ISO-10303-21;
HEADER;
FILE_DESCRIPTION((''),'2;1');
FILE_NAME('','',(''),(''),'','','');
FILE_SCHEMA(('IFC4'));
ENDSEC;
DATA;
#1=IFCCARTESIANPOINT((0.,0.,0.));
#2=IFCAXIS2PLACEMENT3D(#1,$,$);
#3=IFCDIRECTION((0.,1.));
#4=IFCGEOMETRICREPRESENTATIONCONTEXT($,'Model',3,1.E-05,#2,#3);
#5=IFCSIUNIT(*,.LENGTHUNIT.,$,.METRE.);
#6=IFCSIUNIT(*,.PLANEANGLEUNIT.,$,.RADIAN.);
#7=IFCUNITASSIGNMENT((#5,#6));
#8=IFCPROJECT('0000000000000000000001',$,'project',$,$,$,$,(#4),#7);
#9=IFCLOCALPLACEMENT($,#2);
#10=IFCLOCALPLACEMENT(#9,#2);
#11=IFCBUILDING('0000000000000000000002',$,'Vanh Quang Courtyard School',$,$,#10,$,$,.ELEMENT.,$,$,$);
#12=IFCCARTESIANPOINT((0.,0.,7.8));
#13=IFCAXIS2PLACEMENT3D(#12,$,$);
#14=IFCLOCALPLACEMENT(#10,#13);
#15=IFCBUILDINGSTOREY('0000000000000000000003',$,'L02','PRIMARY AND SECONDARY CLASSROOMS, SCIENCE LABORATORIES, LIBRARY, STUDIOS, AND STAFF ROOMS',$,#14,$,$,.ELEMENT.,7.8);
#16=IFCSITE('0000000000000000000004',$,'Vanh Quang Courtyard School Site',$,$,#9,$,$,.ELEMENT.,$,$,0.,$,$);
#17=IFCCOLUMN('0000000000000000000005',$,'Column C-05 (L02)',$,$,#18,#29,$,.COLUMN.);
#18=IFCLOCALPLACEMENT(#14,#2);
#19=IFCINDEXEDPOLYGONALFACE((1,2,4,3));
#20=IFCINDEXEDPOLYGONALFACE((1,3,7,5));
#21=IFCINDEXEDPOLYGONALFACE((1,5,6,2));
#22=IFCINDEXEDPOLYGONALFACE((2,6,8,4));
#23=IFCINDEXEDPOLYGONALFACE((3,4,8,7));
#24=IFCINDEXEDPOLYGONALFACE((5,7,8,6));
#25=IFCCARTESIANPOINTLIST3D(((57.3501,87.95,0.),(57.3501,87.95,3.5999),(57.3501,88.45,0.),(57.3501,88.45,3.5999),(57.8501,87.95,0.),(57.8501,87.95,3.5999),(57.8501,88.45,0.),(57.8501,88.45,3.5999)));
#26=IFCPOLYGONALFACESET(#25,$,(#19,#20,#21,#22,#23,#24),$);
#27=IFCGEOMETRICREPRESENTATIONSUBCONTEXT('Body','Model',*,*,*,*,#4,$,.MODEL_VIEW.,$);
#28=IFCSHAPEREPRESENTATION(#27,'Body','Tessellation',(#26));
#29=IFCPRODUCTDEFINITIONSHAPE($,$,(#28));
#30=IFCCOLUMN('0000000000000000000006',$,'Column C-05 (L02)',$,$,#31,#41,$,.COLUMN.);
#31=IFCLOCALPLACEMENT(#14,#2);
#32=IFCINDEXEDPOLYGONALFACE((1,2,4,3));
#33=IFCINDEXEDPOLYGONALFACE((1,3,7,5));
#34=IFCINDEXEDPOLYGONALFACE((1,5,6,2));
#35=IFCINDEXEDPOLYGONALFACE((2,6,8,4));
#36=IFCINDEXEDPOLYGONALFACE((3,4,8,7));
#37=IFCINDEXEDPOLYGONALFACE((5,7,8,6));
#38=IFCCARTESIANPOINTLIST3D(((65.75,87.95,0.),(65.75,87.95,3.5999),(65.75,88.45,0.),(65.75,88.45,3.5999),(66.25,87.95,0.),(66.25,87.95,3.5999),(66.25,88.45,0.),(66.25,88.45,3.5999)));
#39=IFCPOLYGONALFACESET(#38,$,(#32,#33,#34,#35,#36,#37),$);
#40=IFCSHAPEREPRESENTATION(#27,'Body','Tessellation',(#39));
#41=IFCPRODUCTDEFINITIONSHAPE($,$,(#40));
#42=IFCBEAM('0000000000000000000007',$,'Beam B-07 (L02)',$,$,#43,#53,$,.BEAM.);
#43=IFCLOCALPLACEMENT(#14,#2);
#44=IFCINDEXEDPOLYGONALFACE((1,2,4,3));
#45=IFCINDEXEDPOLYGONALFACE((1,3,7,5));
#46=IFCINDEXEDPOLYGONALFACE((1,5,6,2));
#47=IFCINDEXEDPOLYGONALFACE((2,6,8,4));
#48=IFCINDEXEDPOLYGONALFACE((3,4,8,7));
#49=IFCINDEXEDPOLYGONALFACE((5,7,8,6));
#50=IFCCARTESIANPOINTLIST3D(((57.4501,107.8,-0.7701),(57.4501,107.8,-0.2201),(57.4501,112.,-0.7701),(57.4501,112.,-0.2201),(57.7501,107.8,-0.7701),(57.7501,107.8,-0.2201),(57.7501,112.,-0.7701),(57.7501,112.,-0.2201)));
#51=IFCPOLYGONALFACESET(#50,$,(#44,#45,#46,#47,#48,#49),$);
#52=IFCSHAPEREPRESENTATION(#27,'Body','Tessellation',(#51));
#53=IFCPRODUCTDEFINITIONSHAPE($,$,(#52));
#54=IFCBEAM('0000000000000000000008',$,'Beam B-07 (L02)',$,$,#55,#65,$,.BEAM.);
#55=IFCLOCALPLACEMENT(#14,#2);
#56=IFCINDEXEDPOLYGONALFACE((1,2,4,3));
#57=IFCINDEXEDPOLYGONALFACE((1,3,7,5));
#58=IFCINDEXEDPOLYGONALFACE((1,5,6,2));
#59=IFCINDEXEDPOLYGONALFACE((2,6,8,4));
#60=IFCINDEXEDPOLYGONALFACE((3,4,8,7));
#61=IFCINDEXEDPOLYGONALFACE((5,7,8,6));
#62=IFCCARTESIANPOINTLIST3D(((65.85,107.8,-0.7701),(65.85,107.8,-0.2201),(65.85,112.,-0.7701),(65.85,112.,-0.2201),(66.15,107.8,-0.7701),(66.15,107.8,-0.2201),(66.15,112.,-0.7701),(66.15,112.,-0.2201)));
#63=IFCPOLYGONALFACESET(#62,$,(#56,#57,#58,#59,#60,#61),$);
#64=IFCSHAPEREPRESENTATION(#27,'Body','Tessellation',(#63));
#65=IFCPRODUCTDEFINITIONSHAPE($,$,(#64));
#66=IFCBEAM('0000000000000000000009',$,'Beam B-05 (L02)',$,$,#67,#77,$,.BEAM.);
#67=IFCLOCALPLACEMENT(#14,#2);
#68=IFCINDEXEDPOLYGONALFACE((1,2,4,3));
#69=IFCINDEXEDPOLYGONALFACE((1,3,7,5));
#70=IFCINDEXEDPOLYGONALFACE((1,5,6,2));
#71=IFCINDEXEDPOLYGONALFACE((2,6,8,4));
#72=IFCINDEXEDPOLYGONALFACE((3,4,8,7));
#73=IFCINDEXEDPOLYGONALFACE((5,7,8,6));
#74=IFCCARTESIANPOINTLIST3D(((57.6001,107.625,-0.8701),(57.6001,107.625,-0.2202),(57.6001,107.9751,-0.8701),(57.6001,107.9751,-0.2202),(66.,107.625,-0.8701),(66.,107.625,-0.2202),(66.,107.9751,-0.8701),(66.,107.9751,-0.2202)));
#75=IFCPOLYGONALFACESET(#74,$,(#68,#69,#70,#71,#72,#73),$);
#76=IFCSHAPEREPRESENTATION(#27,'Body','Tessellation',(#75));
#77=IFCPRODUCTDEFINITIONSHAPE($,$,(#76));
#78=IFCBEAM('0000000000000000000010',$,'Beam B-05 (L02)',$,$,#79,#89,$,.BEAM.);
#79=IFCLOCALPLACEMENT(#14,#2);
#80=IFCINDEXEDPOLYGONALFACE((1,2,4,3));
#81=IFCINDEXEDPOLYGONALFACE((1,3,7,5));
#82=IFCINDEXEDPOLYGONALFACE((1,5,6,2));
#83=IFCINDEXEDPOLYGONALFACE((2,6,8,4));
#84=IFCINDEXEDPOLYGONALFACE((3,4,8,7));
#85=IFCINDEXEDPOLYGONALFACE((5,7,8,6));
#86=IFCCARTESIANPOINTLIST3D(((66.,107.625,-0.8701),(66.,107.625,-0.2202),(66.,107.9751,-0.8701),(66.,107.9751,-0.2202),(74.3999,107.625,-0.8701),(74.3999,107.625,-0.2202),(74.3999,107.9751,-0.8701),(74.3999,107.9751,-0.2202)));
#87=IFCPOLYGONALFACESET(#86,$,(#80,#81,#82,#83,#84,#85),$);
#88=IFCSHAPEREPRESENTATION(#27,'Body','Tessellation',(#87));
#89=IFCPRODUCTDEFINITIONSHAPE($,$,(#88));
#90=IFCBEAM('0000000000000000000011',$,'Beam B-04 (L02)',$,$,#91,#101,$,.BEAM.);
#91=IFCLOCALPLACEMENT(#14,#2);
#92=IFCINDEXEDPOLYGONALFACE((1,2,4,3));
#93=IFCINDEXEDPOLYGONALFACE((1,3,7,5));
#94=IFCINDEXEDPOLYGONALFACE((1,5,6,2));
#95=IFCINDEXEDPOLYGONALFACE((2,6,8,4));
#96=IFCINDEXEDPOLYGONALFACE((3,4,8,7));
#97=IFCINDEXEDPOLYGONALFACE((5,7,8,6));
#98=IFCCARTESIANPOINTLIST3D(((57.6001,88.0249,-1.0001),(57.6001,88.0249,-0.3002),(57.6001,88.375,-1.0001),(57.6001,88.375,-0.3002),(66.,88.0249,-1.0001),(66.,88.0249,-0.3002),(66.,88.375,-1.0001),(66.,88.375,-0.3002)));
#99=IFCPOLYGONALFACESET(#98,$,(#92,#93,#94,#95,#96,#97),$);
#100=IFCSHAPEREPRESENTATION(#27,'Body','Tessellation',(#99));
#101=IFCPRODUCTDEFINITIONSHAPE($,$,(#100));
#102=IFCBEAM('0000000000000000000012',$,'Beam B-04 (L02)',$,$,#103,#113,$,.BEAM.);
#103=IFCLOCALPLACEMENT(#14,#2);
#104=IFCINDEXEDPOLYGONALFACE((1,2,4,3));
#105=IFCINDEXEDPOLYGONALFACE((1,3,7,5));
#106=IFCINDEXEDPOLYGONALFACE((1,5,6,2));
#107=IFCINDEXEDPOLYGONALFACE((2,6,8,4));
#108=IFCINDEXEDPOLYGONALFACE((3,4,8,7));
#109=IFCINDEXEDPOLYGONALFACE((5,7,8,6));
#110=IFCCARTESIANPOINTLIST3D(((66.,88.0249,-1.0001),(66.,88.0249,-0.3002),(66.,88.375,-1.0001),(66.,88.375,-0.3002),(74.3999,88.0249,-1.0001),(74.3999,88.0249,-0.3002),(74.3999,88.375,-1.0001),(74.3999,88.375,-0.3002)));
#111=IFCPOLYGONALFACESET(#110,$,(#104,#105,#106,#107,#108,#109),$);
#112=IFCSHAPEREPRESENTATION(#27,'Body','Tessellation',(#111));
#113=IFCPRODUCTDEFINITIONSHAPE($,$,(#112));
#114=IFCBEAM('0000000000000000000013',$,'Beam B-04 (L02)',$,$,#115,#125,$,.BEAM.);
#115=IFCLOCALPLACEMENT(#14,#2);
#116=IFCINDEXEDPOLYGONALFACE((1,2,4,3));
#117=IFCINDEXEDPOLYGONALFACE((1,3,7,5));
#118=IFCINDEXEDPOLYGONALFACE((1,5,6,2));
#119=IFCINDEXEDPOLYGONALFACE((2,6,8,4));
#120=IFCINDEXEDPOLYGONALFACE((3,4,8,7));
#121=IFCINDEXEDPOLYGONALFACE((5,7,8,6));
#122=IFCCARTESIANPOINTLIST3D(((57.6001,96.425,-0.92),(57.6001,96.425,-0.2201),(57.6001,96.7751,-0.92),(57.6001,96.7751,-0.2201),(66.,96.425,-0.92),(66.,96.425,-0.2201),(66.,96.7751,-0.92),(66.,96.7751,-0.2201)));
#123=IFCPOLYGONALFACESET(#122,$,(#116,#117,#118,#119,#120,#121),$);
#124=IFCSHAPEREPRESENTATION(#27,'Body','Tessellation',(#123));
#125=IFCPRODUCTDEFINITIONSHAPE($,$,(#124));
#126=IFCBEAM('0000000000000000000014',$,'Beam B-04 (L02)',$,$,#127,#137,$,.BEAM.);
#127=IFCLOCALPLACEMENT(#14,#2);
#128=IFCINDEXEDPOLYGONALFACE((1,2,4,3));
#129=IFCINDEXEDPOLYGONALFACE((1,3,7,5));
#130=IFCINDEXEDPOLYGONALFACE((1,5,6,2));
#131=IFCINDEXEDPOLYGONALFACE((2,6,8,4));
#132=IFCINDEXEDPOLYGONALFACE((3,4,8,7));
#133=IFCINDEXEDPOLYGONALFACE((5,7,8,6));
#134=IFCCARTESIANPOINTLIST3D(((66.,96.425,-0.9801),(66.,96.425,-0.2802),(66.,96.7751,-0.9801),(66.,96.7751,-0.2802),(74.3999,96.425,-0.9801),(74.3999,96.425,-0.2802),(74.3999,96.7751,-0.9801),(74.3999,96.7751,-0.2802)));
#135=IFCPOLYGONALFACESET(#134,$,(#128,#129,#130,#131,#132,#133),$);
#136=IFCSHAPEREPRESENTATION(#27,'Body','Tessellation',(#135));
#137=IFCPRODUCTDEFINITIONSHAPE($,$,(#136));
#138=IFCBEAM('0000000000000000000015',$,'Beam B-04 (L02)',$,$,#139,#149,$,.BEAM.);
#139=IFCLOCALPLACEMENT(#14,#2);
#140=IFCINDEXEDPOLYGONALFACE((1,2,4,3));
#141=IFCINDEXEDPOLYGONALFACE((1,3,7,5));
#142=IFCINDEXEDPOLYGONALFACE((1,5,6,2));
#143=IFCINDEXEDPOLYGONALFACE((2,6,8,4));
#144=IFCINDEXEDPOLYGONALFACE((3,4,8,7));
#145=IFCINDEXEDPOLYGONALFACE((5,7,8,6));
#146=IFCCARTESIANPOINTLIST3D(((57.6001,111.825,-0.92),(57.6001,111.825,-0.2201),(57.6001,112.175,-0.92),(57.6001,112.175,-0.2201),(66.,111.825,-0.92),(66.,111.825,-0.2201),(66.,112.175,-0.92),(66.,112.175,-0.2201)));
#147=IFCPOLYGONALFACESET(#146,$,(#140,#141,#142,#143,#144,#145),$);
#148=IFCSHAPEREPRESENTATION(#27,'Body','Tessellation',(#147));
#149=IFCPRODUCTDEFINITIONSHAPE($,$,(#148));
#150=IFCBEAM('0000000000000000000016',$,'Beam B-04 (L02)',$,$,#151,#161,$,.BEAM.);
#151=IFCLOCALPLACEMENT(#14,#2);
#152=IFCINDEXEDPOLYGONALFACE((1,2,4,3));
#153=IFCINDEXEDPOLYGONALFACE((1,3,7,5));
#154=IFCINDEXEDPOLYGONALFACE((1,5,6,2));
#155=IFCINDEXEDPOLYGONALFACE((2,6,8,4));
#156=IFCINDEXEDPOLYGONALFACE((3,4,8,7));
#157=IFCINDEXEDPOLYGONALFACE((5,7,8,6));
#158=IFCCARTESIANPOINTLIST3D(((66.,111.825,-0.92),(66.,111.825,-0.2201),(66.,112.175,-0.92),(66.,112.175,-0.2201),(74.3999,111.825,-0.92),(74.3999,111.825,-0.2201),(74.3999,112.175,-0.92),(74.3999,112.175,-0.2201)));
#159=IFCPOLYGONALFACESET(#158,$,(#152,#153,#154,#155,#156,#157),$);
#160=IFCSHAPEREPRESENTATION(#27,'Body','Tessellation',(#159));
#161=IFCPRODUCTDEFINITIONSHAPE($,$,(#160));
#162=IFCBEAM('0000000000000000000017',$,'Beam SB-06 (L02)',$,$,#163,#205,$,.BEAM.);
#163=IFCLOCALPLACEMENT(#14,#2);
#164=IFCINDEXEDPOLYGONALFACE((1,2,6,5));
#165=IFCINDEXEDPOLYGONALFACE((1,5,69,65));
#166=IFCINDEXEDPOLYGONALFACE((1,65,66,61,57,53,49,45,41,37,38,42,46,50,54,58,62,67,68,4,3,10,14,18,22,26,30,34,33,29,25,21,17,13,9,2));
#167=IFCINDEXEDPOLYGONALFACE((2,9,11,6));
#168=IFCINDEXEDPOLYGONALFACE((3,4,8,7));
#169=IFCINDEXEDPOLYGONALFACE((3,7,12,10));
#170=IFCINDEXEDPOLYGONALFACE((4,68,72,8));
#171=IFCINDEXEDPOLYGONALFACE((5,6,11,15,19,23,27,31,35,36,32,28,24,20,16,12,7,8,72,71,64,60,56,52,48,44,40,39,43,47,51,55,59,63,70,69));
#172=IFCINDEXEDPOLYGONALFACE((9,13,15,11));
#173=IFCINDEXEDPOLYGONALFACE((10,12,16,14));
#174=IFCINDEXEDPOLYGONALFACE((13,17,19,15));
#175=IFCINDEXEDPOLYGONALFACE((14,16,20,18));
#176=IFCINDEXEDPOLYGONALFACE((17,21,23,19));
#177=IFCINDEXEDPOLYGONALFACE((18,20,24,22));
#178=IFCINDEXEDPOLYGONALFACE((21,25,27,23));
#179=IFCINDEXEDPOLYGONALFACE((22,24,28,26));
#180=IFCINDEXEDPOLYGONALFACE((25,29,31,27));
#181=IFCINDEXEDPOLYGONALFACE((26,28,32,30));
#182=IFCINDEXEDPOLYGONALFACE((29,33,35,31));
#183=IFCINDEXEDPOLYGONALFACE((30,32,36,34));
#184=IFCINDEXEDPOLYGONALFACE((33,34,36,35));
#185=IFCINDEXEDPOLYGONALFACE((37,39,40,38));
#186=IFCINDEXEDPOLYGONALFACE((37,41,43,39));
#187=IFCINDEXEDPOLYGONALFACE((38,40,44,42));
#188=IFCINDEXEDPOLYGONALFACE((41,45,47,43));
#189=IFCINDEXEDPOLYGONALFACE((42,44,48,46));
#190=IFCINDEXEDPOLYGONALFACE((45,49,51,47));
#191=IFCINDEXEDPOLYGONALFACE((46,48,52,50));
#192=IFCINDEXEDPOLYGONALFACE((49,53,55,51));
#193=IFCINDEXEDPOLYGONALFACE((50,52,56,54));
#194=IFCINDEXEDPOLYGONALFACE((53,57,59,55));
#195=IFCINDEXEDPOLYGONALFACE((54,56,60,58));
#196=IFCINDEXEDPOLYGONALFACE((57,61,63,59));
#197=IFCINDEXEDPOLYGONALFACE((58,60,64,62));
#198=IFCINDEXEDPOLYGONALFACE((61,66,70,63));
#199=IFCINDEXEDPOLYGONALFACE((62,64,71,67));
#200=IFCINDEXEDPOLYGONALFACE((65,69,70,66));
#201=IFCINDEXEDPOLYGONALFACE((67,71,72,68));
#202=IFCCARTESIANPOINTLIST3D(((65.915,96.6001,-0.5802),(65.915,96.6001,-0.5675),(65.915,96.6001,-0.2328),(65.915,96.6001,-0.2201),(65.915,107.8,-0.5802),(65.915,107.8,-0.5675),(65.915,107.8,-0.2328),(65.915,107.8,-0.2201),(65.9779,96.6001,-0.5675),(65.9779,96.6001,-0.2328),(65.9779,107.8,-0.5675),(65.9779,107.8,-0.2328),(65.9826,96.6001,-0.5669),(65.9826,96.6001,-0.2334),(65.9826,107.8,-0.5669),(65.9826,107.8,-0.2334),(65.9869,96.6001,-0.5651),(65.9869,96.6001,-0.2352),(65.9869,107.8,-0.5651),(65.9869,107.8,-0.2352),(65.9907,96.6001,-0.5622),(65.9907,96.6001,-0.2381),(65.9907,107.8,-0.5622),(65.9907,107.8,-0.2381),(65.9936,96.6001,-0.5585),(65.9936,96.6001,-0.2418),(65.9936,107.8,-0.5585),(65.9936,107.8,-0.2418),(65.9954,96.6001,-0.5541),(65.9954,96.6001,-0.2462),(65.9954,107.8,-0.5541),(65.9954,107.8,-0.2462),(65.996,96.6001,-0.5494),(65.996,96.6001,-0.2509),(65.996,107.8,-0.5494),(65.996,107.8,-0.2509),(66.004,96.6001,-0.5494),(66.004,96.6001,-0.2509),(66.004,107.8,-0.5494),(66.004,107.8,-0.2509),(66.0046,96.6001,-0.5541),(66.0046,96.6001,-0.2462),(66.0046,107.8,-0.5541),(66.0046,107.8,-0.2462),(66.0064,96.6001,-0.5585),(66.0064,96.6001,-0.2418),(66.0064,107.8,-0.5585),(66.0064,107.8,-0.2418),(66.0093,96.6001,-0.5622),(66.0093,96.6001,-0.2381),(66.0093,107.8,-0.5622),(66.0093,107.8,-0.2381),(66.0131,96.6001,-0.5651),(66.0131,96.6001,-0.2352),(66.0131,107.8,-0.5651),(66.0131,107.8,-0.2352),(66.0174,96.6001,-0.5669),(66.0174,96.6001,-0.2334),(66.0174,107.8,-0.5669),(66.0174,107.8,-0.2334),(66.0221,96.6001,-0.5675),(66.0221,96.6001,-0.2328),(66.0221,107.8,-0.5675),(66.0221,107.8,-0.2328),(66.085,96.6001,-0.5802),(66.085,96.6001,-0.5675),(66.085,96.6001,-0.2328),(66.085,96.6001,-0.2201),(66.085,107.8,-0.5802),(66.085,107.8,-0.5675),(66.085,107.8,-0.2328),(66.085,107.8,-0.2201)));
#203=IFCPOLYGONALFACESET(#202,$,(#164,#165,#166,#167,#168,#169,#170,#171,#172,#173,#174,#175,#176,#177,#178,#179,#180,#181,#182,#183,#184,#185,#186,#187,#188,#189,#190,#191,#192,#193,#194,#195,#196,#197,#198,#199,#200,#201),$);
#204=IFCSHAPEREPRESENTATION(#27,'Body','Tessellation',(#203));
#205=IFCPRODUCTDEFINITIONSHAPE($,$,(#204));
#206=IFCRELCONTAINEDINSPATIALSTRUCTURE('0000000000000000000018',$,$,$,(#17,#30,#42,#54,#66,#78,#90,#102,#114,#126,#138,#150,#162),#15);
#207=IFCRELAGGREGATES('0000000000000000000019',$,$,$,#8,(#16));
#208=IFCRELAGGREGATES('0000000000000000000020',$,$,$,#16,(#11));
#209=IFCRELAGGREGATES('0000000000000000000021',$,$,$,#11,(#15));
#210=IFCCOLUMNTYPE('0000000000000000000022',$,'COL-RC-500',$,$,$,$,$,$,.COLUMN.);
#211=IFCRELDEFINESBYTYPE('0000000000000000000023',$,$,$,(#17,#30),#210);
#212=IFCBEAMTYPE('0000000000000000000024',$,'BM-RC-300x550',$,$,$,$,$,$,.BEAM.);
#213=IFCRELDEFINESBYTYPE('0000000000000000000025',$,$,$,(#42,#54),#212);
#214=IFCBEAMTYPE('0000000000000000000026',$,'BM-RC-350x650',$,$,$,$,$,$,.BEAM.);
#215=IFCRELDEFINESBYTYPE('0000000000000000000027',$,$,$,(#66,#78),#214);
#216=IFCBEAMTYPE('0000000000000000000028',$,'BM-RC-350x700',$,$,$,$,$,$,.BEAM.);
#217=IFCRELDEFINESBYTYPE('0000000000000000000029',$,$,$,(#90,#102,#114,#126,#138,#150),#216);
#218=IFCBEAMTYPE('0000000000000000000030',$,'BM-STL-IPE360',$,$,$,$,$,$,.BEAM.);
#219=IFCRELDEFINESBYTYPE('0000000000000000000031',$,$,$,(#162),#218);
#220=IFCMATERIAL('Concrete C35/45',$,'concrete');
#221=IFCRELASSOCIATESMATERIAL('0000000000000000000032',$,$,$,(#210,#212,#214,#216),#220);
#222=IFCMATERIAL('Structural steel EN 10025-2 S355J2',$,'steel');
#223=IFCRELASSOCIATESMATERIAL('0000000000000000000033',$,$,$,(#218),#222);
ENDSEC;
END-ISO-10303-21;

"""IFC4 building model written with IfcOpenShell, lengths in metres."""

from ifc_helpers import new_model, si_unit, direction, frame, origin, origin_2d, place, context, subcontext, project, spatial, rectangle, i_section, extrude, material, material_profile, profile_set, type_object, element, save


model = new_model("IFC4")

# Units and contexts
model_context = context("Model", 3, precision=1e-05, world=origin(), true_north=direction((0.0, 1.0)))
body_context = subcontext(model_context, "Body", "Model", "MODEL_VIEW")
ifc_project = project(units=[si_unit("LENGTHUNIT", "METRE"), si_unit("PLANEANGLEUNIT", "RADIAN")], contexts=[model_context])

# Site, building, storey
site_placement = place(None, origin())
site = spatial("IfcSite", under=ifc_project, at=site_placement, Name="Vanh Quang Courtyard School Site", CompositionType="ELEMENT", RefElevation=0.0)
building_placement = place(site_placement, origin())
building = spatial("IfcBuilding", under=site, at=building_placement, Name="Vanh Quang Courtyard School", CompositionType="ELEMENT")
storey_placement = place(building_placement, frame((0.0, 0.0, 7.8)))
storey = spatial("IfcBuildingStorey", under=building, at=storey_placement, Name="L02", Description="PRIMARY AND SECONDARY CLASSROOMS, SCIENCE LABORATORIES, LIBRARY, STUDIOS, AND STAFF ROOMS", CompositionType="ELEMENT", Elevation=7.8)

# Columns
ifc_material_1 = material(Name="Concrete C35/45", Category="concrete")
ifc_material_profile_1 = material_profile(ifc_material_1, rectangle(XDim=0.5, YDim=0.5, at=origin_2d()), Name="RC-COL 500x500")
ifc_profile_set_1 = profile_set([ifc_material_profile_1], Name="Concrete C35/45")
column_type = type_object("IfcColumnType", Name="COL-RC-500", PredefinedType="COLUMN", material=ifc_profile_set_1)
for number, where, z_axis, x_axis, name in (
    (1, (57.6001, 88.2, 0.0), (0.0, 0.0, 1.0), (1.0, 0.0, 0.0), "Column C-05 (L02)"),
    (2, (66.0, 88.2, 0.0), (0.0, 0.0, 1.0), (1.0, 0.0, 0.0), "Column C-05 (L02)"),
):
    element("IfcColumn", number, at=place(storey_placement, frame(where, z_axis=z_axis, x_axis=x_axis)), inside=storey, type_object=column_type, Name=name, PredefinedType="COLUMN", context=body_context, shape_type="SweptSolid", body=[
        extrude(rectangle(XDim=0.5, YDim=0.5, at=origin_2d()), origin(), (0.0, 0.0, 1.0), 3.5999),
    ])

# Beams
ifc_material_profile_2 = material_profile(ifc_material_1, rectangle(XDim=0.3, YDim=0.55, at=origin_2d()), Name="RC-BM 300x550")
ifc_profile_set_2 = profile_set([ifc_material_profile_2], Name="Concrete C35/45")
beam_type_1 = type_object("IfcBeamType", Name="BM-RC-300x550", PredefinedType="BEAM", material=ifc_profile_set_2)
for number, where, z_axis, x_axis, name in (
    (3, (57.6001, 107.8, -0.4951), (0.0, 1.0, 0.0), (-1.0, 0.0, 0.0), "Beam B-07 (L02)"),
    (4, (66.0, 107.8, -0.4951), (0.0, 1.0, 0.0), (-1.0, 0.0, 0.0), "Beam B-07 (L02)"),
):
    element("IfcBeam", number, at=place(storey_placement, frame(where, z_axis=z_axis, x_axis=x_axis)), inside=storey, type_object=beam_type_1, Name=name, PredefinedType="BEAM", context=body_context, shape_type="SweptSolid", body=[
        extrude(rectangle(XDim=0.3, YDim=0.55, at=origin_2d()), origin(), (0.0, 0.0, 1.0), 4.2),
    ])
ifc_material_profile_3 = material_profile(ifc_material_1, rectangle(XDim=0.3501, YDim=0.6499, at=origin_2d()), Name="RC-BM 350x650")
ifc_profile_set_3 = profile_set([ifc_material_profile_3], Name="Concrete C35/45")
beam_type_2 = type_object("IfcBeamType", Name="BM-RC-350x650", PredefinedType="BEAM", material=ifc_profile_set_3)
for number, where, z_axis, x_axis, name in (
    (5, (57.6001, 107.8, -0.5452), (1.0, 0.0, 0.0), (0.0, 1.0, 0.0), "Beam B-05 (L02)"),
    (6, (66.0, 107.8, -0.5452), (1.0, 0.0, 0.0), (0.0, 1.0, 0.0), "Beam B-05 (L02)"),
):
    element("IfcBeam", number, at=place(storey_placement, frame(where, z_axis=z_axis, x_axis=x_axis)), inside=storey, type_object=beam_type_2, Name=name, PredefinedType="BEAM", context=body_context, shape_type="SweptSolid", body=[
        extrude(rectangle(XDim=0.3501, YDim=0.6499, at=origin_2d()), origin(), (0.0, 0.0, 1.0), 8.3999),
    ])
ifc_material_profile_4 = material_profile(ifc_material_1, rectangle(XDim=0.3501, YDim=0.7, at=origin_2d()), Name="RC-BM 350x700")
ifc_profile_set_4 = profile_set([ifc_material_profile_4], Name="Concrete C35/45")
beam_type_3 = type_object("IfcBeamType", Name="BM-RC-350x700", PredefinedType="BEAM", material=ifc_profile_set_4)
for number, where, z_axis, x_axis, name in (
    (7, (57.6001, 88.2, -0.6501), (1.0, 0.0, 0.0), (0.0, 1.0, 0.0), "Beam B-04 (L02)"),
    (8, (66.0, 88.2, -0.6501), (1.0, 0.0, 0.0), (0.0, 1.0, 0.0), "Beam B-04 (L02)"),
    (9, (57.6001, 96.6001, -0.5701), (1.0, 0.0, 0.0), (0.0, 1.0, 0.0), "Beam B-04 (L02)"),
    (10, (66.0, 96.6001, -0.6301), (1.0, 0.0, 0.0), (0.0, 1.0, 0.0), "Beam B-04 (L02)"),
    (11, (57.6001, 112.0, -0.5701), (1.0, 0.0, 0.0), (0.0, 1.0, 0.0), "Beam B-04 (L02)"),
    (12, (66.0, 112.0, -0.5701), (1.0, 0.0, 0.0), (0.0, 1.0, 0.0), "Beam B-04 (L02)"),
):
    element("IfcBeam", number, at=place(storey_placement, frame(where, z_axis=z_axis, x_axis=x_axis)), inside=storey, type_object=beam_type_3, Name=name, PredefinedType="BEAM", context=body_context, shape_type="SweptSolid", body=[
        extrude(rectangle(XDim=0.3501, YDim=0.7, at=origin_2d()), origin(), (0.0, 0.0, 1.0), 8.3999),
    ])
ifc_material_2 = material(Name="Structural steel EN 10025-2 S355J2", Category="steel")
ifc_material_profile_5 = material_profile(ifc_material_2, i_section(OverallWidth=0.1699, OverallDepth=0.3601, WebThickness=0.0081, FlangeThickness=0.0127, FilletRadius=0.0181, at=origin_2d()), Name="IPE 360")
ifc_profile_set_5 = profile_set([ifc_material_profile_5], Name="Structural steel EN 10025-2 S355J2")
beam_type_4 = type_object("IfcBeamType", Name="BM-STL-IPE360", PredefinedType="BEAM", material=ifc_profile_set_5)
beam_1_placement = place(storey_placement, frame((66.0, 96.6001, -0.4001), z_axis=(0.0, 1.0, 0.0), x_axis=(-1.0, 0.0, 0.0)))
element("IfcBeam", 13, at=beam_1_placement, inside=storey, type_object=beam_type_4, Name="Beam SB-06 (L02)", PredefinedType="BEAM", context=body_context, shape_type="SweptSolid", body=[
    extrude(i_section(OverallWidth=0.1699, OverallDepth=0.3601, WebThickness=0.0081, FlangeThickness=0.0127, FilletRadius=0.0181, at=origin_2d()), origin(), (0.0, 0.0, 1.0), 11.2),
])

save(model, "model.ifc")
